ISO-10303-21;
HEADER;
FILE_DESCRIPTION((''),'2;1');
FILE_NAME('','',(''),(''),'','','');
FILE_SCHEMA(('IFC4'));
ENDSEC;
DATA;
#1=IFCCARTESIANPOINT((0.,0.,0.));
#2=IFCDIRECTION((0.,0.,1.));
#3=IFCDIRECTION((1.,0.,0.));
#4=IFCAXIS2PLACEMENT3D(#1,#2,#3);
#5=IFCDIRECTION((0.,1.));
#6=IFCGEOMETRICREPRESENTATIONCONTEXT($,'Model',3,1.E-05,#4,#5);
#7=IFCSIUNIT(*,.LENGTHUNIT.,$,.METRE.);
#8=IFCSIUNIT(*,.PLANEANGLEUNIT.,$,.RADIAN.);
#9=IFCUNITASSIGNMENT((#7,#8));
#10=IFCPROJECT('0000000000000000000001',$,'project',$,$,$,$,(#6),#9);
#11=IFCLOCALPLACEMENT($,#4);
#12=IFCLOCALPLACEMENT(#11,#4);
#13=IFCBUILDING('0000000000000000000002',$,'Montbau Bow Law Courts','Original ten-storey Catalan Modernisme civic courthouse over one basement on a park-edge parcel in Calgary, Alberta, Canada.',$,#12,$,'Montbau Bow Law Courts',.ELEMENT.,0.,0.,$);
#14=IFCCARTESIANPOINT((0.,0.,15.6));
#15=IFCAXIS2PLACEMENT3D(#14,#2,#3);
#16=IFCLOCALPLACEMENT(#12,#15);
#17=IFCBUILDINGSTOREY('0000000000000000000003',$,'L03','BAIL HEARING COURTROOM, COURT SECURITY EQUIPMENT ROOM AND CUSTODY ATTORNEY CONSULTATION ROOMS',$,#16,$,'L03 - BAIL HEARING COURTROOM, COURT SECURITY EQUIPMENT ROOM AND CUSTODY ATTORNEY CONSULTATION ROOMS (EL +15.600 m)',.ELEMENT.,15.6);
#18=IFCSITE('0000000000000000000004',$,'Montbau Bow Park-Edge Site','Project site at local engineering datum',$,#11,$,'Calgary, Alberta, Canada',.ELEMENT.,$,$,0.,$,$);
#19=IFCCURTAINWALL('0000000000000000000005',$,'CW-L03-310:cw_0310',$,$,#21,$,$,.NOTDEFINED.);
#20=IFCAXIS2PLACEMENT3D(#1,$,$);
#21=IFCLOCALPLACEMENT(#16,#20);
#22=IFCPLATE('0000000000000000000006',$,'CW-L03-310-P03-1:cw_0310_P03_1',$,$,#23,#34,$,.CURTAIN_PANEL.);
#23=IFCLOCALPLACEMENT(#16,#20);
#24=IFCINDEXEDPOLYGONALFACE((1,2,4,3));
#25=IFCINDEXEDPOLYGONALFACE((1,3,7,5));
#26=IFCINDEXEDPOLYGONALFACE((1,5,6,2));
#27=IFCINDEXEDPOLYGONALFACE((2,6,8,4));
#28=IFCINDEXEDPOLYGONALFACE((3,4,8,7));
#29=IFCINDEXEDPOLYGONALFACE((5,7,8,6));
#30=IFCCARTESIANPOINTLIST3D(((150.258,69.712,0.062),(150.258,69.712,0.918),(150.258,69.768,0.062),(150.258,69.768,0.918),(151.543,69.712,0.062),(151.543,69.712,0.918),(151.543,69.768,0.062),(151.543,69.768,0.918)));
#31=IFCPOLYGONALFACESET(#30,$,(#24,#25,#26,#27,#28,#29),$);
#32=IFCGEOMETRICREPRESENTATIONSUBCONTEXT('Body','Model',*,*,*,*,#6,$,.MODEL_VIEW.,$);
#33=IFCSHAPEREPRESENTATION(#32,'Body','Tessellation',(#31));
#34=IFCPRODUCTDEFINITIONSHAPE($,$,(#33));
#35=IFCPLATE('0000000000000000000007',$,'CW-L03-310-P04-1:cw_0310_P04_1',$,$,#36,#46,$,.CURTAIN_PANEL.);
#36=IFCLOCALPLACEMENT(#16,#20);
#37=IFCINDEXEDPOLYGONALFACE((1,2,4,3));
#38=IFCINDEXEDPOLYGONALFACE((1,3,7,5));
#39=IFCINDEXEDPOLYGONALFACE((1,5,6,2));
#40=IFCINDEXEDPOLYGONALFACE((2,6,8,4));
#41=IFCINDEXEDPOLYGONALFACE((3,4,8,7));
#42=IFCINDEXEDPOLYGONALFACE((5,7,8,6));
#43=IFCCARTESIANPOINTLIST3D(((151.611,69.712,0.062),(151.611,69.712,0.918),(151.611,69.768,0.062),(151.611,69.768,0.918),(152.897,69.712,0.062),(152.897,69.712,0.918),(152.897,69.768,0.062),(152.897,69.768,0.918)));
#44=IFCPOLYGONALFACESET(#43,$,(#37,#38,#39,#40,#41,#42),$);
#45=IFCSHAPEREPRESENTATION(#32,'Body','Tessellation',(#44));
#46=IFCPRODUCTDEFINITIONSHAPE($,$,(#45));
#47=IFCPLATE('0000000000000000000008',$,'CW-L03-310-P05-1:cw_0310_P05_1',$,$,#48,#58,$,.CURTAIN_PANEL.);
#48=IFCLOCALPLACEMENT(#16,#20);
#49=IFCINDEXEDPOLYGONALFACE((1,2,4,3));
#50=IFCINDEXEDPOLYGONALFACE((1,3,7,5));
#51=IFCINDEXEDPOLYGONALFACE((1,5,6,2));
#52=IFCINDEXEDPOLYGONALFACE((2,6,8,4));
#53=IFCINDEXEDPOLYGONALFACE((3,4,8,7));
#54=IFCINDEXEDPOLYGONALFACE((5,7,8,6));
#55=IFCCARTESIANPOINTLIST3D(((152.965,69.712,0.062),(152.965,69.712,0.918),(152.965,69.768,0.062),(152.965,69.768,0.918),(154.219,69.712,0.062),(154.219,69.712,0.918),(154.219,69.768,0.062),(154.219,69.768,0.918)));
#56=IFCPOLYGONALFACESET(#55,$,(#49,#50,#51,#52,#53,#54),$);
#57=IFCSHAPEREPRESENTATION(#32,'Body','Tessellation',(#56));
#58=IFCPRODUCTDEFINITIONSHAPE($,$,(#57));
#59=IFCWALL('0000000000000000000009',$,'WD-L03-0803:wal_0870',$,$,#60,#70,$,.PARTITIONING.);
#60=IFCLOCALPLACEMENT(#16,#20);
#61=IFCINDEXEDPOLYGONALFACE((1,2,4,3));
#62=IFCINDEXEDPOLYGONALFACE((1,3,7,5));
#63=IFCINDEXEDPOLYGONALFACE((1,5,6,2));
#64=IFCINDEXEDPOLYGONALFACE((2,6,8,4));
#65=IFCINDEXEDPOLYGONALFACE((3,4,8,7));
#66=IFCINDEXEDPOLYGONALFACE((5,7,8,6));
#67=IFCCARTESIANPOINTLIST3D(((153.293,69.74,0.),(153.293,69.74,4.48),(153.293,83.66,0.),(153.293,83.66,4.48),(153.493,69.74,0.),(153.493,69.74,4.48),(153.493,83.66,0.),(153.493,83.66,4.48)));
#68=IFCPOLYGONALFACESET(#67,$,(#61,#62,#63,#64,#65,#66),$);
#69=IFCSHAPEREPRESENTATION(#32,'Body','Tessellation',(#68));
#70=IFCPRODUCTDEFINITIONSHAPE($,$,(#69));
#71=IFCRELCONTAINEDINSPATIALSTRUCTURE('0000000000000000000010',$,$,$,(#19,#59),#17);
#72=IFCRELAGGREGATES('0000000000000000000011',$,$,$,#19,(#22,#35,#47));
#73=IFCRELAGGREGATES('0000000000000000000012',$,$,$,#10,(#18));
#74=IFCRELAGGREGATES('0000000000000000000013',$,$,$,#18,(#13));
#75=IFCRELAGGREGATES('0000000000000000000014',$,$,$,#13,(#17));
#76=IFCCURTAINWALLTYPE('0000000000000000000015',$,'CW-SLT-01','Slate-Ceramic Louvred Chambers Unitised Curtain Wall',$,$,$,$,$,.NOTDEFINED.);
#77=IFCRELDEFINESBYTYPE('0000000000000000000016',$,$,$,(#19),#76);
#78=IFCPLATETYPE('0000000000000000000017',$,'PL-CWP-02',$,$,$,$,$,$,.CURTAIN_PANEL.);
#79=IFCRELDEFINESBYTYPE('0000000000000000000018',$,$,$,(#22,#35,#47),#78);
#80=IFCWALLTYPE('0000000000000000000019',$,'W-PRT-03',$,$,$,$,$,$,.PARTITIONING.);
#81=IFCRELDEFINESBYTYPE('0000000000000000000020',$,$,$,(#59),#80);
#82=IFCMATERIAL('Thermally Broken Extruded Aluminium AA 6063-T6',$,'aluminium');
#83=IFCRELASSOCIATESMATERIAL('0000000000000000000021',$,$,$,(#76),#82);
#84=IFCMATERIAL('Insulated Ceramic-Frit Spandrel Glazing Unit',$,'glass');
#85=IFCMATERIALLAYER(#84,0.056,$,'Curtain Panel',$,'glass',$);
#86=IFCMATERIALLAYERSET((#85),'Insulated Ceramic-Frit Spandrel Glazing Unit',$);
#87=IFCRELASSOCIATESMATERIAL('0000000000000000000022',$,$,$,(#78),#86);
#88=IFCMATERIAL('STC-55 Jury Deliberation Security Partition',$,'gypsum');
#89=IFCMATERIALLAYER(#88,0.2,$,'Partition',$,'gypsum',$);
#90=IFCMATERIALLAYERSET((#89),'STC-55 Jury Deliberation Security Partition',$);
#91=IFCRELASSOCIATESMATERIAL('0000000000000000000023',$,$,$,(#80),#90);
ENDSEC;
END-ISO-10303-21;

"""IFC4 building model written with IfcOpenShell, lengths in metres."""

from ifc_helpers import new_model, si_unit, direction, frame, frame_2d, origin_with_axes, place, context, subcontext, project, spatial, rectangle, extrude, material, layer, layer_set, type_object, element, aggregate, save


model = new_model("IFC4")

# Units and contexts
model_context = context("Model", 3, precision=1e-05, world=origin_with_axes(), true_north=direction((0.0, 1.0)))
body_context = subcontext(model_context, "Body", "Model", "MODEL_VIEW")
ifc_project = project(units=[si_unit("LENGTHUNIT", "METRE"), si_unit("PLANEANGLEUNIT", "RADIAN")], contexts=[model_context])

# Site, building, storey
site_placement = place(None, origin_with_axes())
site = spatial("IfcSite", under=ifc_project, at=site_placement, Name="Montbau Bow Park-Edge Site", Description="Project site at local engineering datum", LongName="Calgary, Alberta, Canada", CompositionType="ELEMENT", RefElevation=0.0)
building_placement = place(site_placement, origin_with_axes())
building = spatial("IfcBuilding", under=site, at=building_placement, Name="Montbau Bow Law Courts", Description="Original ten-storey Catalan Modernisme civic courthouse over one basement on a park-edge parcel in Calgary, Alberta, Canada.", LongName="Montbau Bow Law Courts", CompositionType="ELEMENT", ElevationOfRefHeight=0.0, ElevationOfTerrain=0.0)
storey_placement = place(building_placement, frame((0.0, 0.0, 15.6), z_axis=(0.0, 0.0, 1.0), x_axis=(1.0, 0.0, 0.0)))
storey = spatial("IfcBuildingStorey", under=building, at=storey_placement, Name="L03", Description="BAIL HEARING COURTROOM, COURT SECURITY EQUIPMENT ROOM AND CUSTODY ATTORNEY CONSULTATION ROOMS", LongName="L03 - BAIL HEARING COURTROOM, COURT SECURITY EQUIPMENT ROOM AND CUSTODY ATTORNEY CONSULTATION ROOMS (EL +15.600 m)", CompositionType="ELEMENT", Elevation=15.6)

# Curtain wall, plates
ifc_material_1 = material(Name="Thermally Broken Extruded Aluminium AA 6063-T6", Category="aluminium")
curtain_wall_type = type_object("IfcCurtainWallType", Name="CW-SLT-01", Description="Slate-Ceramic Louvred Chambers Unitised Curtain Wall", PredefinedType="NOTDEFINED", material=ifc_material_1)
curtain_wall_placement = place(None, frame((147.515, 69.74, 15.6), z_axis=(0.0, 0.0, 1.0), x_axis=(1.0, 0.0, 0.0)))
curtain_wall = element("IfcCurtainWall", 1, at=curtain_wall_placement, inside=storey, type_object=curtain_wall_type, Name="CW-L03-310:cw_0310", PredefinedType="NOTDEFINED")
ifc_material_2 = material(Name="Insulated Ceramic-Frit Spandrel Glazing Unit", Category="glass")
ifc_layer_1 = layer(ifc_material_2, 0.056, Name="Curtain Panel", Category="glass")
ifc_layer_set_1 = layer_set([ifc_layer_1], Name="Insulated Ceramic-Frit Spandrel Glazing Unit")
plate_type_1 = type_object("IfcPlateType", Name="PL-CWP-02", PredefinedType="CURTAIN_PANEL", material=ifc_layer_set_1)
plate_1_placement = place(None, frame((150.258, 69.74, 15.662), z_axis=(0.0, -1.0, 0.0), x_axis=(1.0, 0.0, 0.0)))
plate_1 = element("IfcPlate", 2, at=plate_1_placement, type_object=plate_type_1, Name="CW-L03-310-P03-1:cw_0310_P03_1", PredefinedType="CURTAIN_PANEL", context=body_context, shape_type="SweptSolid", body=[
    extrude(rectangle(XDim=1.285, YDim=0.856, at=frame_2d((0.6425, 0.428), x_axis=(1.0, 0.0))), frame((0.0, 0.0, -0.028), z_axis=(0.0, 0.0, 1.0), x_axis=(1.0, 0.0, 0.0)), (0.0, 0.0, 1.0), 0.056),
])
plate_2_placement = place(None, frame((151.611, 69.74, 15.662), z_axis=(0.0, -1.0, 0.0), x_axis=(1.0, 0.0, 0.0)))
plate_2 = element("IfcPlate", 3, at=plate_2_placement, type_object=plate_type_1, Name="CW-L03-310-P04-1:cw_0310_P04_1", PredefinedType="CURTAIN_PANEL", context=body_context, shape_type="SweptSolid", body=[
    extrude(rectangle(XDim=1.286, YDim=0.856, at=frame_2d((0.643, 0.428), x_axis=(1.0, 0.0))), frame((0.0, 0.0, -0.028), z_axis=(0.0, 0.0, 1.0), x_axis=(1.0, 0.0, 0.0)), (0.0, 0.0, 1.0), 0.056),
])
plate_3_placement = place(None, frame((152.965, 69.74, 15.662), z_axis=(0.0, -1.0, 0.0), x_axis=(1.0, 0.0, 0.0)))
plate_3 = element("IfcPlate", 4, at=plate_3_placement, type_object=plate_type_1, Name="CW-L03-310-P05-1:cw_0310_P05_1", PredefinedType="CURTAIN_PANEL", context=body_context, shape_type="SweptSolid", body=[
    extrude(rectangle(XDim=1.254, YDim=0.856, at=frame_2d((0.627, 0.428), x_axis=(1.0, 0.0))), frame((0.0, 0.0, -0.028), z_axis=(0.0, 0.0, 1.0), x_axis=(1.0, 0.0, 0.0)), (0.0, 0.0, 1.0), 0.056),
])
aggregate(curtain_wall, [plate_1, plate_2, plate_3])

# Wall
ifc_material_3 = material(Name="STC-55 Jury Deliberation Security Partition", Category="gypsum")
ifc_layer_2 = layer(ifc_material_3, 0.2, Name="Partition", Category="gypsum")
ifc_layer_set_2 = layer_set([ifc_layer_2], Name="STC-55 Jury Deliberation Security Partition")
wall_type = type_object("IfcWallType", Name="W-PRT-03", PredefinedType="PARTITIONING", material=ifc_layer_set_2)
wall_placement = place(None, frame((153.393, 69.74, 15.6), z_axis=(0.0, 0.0, 1.0), x_axis=(0.0, 1.0, 0.0)))
element("IfcWall", 5, at=wall_placement, inside=storey, type_object=wall_type, Name="WD-L03-0803:wal_0870", PredefinedType="PARTITIONING", context=body_context, shape_type="SweptSolid", body=[
    extrude(rectangle(XDim=13.92, YDim=0.2, at=frame_2d((6.96, 0.0), x_axis=(1.0, 0.0))), origin_with_axes(), (0.0, 0.0, 1.0), 4.48),
])

save(model, "model.ifc")
